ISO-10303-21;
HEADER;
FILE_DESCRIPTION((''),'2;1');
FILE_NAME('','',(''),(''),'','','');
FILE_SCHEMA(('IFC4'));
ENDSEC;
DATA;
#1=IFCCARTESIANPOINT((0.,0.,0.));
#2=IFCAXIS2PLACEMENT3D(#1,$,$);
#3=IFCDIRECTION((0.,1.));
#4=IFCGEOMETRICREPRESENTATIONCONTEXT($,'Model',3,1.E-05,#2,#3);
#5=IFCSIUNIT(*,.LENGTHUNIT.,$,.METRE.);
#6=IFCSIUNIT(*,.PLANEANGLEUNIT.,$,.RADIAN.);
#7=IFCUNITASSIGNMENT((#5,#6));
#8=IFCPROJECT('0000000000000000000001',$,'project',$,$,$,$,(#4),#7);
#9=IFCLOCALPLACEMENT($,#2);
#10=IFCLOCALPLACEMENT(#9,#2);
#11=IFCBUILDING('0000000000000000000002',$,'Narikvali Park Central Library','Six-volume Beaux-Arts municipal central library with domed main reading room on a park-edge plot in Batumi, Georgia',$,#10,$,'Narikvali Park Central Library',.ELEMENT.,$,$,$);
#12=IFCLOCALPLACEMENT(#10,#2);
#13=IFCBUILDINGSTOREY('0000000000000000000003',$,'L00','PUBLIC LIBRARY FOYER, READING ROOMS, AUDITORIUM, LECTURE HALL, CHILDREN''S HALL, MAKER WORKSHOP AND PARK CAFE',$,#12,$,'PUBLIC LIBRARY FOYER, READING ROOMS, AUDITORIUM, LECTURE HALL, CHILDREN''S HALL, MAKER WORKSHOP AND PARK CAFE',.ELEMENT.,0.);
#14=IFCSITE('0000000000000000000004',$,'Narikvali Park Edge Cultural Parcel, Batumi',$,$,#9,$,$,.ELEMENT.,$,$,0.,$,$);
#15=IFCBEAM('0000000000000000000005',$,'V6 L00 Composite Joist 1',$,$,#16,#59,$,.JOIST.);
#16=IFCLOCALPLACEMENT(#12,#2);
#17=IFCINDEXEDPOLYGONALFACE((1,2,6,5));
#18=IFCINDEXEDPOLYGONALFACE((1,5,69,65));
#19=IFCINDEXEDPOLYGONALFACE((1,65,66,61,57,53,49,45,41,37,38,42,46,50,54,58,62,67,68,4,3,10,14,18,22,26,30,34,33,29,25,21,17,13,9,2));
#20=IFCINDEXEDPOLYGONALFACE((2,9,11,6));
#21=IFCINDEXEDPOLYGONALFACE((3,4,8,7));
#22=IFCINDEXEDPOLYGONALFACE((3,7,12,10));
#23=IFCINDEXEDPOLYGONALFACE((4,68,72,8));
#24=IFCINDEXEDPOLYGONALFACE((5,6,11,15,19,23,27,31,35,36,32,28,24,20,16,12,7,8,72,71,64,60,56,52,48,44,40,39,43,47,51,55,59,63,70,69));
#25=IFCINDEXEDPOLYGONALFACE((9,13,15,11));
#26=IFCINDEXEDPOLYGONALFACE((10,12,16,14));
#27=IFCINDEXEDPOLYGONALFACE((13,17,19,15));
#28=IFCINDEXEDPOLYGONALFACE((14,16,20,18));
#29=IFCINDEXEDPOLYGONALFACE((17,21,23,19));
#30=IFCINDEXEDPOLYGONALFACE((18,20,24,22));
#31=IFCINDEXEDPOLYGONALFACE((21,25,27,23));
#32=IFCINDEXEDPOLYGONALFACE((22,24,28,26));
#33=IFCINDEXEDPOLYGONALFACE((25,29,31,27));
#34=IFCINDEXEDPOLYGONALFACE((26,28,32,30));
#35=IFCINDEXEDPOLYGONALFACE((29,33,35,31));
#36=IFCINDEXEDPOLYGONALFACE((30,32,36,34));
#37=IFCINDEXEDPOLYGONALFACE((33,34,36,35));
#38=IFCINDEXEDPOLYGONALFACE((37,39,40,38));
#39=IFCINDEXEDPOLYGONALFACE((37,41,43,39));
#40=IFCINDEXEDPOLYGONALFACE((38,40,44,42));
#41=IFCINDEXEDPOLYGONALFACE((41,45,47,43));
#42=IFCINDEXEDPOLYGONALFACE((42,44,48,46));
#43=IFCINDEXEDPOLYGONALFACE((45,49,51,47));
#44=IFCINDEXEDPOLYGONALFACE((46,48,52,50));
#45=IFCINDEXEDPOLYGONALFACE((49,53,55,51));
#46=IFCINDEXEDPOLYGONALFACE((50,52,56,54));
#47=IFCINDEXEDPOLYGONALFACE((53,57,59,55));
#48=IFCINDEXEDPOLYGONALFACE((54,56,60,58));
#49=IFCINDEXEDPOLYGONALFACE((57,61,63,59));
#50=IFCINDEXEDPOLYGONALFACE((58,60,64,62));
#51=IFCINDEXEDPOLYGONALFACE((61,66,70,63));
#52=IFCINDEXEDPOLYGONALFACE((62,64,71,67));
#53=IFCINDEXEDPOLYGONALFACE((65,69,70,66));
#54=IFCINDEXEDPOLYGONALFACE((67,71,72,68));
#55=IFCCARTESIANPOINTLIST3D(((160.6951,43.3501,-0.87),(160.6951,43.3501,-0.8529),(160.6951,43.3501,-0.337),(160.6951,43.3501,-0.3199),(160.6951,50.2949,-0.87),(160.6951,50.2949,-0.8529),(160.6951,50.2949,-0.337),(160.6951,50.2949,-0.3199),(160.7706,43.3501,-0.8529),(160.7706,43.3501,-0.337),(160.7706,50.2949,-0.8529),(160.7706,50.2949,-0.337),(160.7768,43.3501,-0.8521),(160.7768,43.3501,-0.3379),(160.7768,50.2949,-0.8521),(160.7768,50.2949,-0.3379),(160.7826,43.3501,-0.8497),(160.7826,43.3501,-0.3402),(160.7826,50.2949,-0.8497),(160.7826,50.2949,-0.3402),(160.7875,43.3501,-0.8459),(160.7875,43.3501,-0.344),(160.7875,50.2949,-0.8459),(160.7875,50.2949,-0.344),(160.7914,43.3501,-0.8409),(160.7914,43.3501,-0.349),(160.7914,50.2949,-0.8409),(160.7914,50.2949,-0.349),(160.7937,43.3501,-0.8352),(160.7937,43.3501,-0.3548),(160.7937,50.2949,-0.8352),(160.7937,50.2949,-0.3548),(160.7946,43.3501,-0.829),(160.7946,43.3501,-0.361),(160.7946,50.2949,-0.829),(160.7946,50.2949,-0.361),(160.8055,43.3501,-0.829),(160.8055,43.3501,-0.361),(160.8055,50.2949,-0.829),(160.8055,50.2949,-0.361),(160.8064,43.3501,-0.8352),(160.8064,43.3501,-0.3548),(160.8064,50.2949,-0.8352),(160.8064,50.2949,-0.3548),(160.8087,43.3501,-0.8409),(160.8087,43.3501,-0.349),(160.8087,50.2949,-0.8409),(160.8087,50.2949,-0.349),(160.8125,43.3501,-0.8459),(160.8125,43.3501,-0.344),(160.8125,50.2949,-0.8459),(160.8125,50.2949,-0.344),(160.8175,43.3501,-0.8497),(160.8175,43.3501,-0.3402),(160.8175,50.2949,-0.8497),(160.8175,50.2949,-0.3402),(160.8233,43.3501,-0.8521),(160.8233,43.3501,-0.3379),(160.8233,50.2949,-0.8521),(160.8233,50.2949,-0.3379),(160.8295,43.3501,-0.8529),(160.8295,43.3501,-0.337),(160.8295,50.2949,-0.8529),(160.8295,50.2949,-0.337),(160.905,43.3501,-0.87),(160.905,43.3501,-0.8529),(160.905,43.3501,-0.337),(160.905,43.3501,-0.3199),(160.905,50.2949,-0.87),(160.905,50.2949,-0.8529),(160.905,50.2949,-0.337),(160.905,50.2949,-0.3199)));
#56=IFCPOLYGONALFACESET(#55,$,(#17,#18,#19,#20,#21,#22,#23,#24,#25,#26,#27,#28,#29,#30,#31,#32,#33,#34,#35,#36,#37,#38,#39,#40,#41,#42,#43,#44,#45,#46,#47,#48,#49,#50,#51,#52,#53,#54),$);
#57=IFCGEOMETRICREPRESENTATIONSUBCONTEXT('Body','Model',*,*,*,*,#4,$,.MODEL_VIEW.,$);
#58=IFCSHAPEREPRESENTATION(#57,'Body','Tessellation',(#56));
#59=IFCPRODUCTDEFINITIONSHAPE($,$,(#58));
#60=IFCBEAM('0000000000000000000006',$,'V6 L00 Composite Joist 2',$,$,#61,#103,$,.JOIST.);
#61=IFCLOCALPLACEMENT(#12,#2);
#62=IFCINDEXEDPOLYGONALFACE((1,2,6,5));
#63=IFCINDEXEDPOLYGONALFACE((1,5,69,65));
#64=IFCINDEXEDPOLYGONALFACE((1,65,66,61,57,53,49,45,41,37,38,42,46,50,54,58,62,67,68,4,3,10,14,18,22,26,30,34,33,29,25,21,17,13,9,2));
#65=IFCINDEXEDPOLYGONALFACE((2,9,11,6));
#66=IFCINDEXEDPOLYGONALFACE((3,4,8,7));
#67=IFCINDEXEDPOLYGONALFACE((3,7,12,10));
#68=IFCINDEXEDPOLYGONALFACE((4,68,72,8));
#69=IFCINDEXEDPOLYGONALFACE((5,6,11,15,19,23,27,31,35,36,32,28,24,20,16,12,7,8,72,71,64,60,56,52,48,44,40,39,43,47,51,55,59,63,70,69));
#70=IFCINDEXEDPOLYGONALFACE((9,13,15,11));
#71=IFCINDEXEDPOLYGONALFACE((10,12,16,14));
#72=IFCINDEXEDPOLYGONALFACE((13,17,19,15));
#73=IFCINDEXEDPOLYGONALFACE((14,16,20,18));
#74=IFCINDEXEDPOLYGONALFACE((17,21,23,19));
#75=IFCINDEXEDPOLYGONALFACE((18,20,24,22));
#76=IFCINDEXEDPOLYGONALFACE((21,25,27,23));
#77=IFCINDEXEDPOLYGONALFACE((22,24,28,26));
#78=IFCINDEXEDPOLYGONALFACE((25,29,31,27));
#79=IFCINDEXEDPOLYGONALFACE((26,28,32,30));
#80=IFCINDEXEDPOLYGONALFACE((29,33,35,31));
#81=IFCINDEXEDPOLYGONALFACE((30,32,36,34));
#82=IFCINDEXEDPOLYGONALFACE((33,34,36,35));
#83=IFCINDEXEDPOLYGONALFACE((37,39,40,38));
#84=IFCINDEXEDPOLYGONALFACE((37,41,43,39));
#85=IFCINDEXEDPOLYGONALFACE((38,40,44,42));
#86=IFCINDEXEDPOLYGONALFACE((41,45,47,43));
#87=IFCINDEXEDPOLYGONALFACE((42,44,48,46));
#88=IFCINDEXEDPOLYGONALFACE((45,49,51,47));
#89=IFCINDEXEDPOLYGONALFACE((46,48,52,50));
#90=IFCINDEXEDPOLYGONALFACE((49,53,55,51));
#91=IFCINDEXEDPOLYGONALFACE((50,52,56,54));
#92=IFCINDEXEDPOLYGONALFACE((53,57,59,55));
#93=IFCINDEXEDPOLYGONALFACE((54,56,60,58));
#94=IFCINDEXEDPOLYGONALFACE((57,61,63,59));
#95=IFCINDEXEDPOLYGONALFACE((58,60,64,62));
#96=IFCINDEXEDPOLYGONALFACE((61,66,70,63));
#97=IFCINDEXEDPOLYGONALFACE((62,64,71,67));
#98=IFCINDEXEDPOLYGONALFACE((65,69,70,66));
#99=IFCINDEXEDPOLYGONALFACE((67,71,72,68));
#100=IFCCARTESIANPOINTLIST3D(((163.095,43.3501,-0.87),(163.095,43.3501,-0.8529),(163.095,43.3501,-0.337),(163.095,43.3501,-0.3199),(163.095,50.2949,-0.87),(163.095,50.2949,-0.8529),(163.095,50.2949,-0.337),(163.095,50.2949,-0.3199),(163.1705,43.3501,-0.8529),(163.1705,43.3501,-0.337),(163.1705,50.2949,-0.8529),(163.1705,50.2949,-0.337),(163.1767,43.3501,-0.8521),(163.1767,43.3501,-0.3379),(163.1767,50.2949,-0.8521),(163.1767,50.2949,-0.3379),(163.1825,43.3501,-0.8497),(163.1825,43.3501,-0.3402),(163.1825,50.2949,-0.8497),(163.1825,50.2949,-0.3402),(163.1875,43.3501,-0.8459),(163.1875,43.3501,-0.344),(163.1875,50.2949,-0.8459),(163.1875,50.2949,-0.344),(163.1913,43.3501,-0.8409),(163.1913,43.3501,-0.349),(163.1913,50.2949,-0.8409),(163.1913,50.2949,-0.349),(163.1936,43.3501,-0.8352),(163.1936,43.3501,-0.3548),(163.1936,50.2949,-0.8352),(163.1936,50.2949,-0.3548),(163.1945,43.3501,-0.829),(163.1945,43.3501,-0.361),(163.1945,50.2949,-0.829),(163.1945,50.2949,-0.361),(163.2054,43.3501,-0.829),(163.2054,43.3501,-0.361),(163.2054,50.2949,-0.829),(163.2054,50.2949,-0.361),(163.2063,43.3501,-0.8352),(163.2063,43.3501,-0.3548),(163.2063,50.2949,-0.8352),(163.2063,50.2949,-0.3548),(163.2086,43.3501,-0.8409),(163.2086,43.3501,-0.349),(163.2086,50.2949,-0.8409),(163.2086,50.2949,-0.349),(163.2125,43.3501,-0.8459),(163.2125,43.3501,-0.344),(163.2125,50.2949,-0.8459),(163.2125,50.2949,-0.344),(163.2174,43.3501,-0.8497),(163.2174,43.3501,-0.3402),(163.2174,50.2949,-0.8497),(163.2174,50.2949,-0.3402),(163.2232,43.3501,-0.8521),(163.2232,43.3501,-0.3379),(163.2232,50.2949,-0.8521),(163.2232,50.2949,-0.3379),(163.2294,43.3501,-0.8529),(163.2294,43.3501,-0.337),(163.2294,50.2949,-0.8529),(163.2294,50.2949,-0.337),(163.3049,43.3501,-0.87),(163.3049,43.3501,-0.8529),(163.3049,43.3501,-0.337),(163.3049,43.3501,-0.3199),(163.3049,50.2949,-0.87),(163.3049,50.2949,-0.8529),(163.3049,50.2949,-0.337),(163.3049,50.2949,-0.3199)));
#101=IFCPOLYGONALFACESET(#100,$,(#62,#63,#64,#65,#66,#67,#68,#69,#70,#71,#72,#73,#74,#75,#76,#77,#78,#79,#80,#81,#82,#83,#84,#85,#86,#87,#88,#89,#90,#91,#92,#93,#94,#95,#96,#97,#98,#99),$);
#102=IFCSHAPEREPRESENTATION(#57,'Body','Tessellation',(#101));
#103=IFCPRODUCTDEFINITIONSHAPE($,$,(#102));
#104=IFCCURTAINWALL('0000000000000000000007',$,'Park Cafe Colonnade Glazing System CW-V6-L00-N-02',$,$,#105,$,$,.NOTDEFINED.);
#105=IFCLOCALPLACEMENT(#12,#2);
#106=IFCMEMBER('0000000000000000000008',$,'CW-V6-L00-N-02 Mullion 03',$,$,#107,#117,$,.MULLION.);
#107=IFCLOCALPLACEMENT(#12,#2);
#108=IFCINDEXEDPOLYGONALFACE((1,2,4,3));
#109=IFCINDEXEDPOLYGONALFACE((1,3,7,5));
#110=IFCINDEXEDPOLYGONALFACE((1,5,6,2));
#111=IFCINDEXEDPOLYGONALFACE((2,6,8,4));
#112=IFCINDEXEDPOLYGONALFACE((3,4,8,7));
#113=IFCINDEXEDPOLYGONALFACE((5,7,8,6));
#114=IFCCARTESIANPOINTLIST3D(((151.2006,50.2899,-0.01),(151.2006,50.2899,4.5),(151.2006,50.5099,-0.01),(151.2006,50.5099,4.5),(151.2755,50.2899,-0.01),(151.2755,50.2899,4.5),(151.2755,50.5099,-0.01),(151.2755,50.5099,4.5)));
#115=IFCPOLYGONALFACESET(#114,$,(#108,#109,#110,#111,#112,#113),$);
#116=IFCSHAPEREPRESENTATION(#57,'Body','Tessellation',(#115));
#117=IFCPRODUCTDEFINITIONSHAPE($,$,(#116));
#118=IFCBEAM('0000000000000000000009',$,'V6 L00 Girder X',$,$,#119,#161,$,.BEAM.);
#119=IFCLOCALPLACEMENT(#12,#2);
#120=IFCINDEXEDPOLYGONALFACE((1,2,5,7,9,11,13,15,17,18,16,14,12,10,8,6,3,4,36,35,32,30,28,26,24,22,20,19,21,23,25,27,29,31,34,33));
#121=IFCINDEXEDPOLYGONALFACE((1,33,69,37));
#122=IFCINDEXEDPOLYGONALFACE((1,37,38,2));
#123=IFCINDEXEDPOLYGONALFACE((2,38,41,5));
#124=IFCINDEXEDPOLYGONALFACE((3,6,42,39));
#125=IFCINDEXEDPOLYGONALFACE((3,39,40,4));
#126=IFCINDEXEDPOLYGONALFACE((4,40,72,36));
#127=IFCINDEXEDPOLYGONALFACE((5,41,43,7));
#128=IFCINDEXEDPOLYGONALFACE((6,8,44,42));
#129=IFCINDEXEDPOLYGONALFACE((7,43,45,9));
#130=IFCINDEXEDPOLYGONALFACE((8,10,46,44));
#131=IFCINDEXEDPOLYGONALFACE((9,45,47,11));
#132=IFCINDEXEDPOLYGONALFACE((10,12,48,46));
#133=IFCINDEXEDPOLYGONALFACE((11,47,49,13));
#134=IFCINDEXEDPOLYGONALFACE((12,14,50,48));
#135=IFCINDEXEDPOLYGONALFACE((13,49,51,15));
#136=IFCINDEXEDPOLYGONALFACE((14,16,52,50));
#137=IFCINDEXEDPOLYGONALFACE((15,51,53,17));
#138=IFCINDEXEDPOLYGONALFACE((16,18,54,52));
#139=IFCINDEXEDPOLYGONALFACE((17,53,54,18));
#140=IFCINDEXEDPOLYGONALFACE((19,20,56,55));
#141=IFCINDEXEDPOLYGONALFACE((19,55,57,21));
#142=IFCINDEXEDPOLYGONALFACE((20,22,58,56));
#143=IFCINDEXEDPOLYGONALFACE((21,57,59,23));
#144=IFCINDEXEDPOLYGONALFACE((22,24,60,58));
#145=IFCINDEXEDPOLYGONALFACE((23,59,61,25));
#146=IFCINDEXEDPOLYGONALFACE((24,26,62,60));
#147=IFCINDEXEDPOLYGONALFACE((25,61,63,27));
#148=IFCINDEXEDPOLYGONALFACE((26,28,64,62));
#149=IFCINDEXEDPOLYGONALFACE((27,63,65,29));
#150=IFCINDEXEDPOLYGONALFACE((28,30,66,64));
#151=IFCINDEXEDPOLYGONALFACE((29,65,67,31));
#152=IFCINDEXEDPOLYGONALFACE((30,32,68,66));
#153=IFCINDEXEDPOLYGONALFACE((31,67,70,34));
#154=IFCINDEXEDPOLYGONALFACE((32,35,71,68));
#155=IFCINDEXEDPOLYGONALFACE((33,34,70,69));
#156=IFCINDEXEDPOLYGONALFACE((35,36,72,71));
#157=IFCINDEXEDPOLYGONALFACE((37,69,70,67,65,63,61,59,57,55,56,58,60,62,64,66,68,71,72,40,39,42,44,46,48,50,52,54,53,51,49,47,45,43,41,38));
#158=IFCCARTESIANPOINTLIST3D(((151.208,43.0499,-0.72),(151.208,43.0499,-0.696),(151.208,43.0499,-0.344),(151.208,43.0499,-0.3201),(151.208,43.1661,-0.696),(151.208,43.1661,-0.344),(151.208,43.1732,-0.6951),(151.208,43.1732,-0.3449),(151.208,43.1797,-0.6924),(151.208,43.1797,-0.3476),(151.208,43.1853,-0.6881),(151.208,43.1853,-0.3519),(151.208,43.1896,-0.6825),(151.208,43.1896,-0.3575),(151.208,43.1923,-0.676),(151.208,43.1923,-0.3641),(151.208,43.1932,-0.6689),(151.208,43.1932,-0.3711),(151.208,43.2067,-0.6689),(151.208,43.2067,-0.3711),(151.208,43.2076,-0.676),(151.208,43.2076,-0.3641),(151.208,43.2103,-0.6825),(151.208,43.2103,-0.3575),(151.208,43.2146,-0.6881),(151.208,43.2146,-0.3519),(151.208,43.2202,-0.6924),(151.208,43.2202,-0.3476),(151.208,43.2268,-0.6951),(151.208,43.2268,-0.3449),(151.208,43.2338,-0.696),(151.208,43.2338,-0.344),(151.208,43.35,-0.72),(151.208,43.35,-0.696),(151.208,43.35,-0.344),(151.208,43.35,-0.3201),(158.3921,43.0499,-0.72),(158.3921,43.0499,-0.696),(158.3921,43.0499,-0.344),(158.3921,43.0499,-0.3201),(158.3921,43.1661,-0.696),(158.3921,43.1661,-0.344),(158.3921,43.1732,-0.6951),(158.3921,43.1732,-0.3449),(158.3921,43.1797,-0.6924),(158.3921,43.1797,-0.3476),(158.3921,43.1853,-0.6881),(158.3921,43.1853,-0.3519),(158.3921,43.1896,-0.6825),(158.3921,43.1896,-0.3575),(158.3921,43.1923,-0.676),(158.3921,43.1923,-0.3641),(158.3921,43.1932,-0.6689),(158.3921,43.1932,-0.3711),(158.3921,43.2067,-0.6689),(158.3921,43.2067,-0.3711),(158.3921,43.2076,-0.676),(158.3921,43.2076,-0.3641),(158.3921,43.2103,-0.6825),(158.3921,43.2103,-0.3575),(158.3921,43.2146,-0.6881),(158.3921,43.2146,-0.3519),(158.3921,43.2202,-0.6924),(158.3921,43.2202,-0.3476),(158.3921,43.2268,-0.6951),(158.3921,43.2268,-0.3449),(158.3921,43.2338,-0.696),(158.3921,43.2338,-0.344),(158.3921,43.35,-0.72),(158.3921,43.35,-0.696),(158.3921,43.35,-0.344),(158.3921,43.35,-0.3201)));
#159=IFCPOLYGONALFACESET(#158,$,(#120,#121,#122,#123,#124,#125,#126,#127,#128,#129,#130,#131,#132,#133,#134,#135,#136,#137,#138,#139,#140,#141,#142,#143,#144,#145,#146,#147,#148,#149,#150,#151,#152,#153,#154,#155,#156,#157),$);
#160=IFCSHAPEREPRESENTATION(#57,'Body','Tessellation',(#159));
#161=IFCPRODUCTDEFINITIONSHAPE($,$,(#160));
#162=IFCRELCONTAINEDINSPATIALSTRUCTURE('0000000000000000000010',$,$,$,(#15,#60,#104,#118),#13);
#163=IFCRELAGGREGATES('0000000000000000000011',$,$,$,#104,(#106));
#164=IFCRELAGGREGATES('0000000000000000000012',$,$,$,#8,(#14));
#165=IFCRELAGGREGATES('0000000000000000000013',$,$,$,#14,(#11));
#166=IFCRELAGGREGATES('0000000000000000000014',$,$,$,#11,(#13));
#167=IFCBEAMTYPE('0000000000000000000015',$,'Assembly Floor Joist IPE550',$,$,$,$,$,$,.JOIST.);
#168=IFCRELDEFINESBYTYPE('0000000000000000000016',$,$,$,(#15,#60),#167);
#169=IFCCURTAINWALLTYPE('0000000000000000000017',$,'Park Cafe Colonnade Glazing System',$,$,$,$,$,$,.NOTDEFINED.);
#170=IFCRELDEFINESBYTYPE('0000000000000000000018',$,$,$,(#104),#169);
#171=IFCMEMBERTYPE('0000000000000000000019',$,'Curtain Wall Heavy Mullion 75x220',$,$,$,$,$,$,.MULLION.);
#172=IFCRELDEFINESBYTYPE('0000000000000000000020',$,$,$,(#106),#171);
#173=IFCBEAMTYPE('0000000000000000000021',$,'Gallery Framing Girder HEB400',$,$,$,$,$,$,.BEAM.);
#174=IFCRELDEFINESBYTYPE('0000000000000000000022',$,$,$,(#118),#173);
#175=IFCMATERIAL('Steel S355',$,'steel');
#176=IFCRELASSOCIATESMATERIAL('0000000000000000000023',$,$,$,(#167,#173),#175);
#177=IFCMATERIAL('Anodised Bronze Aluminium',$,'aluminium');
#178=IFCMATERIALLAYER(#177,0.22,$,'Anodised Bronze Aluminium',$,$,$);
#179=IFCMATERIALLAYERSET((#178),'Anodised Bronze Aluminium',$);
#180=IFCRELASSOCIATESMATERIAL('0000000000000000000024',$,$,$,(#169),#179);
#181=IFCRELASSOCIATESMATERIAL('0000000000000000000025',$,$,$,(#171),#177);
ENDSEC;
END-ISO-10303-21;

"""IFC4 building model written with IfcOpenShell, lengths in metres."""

from ifc_helpers import new_model, si_unit, direction, frame, origin, origin_2d, place, context, subcontext, project, spatial, rectangle, i_section, extrude, material, layer, layer_set, material_profile, profile_set, type_object, element, aggregate, save


model = new_model("IFC4")

# Units and contexts
model_context = context("Model", 3, precision=1e-05, world=origin(), true_north=direction((0.0, 1.0)))
body_context = subcontext(model_context, "Body", "Model", "MODEL_VIEW")
ifc_project = project(units=[si_unit("LENGTHUNIT", "METRE"), si_unit("PLANEANGLEUNIT", "RADIAN")], contexts=[model_context])

# Site, building, storey
site_placement = place(None, origin())
site = spatial("IfcSite", under=ifc_project, at=site_placement, Name="Narikvali Park Edge Cultural Parcel, Batumi", CompositionType="ELEMENT", RefElevation=0.0)
building_placement = place(site_placement, origin())
building = spatial("IfcBuilding", under=site, at=building_placement, Name="Narikvali Park Central Library", Description="Six-volume Beaux-Arts municipal central library with domed main reading room on a park-edge plot in Batumi, Georgia", LongName="Narikvali Park Central Library", CompositionType="ELEMENT")
storey_placement = place(building_placement, origin())
storey = spatial("IfcBuildingStorey", under=building, at=storey_placement, Name="L00", Description="PUBLIC LIBRARY FOYER, READING ROOMS, AUDITORIUM, LECTURE HALL, CHILDREN'S HALL, MAKER WORKSHOP AND PARK CAFE", LongName="PUBLIC LIBRARY FOYER, READING ROOMS, AUDITORIUM, LECTURE HALL, CHILDREN'S HALL, MAKER WORKSHOP AND PARK CAFE", CompositionType="ELEMENT", Elevation=0.0)

# Shared definitions
ifc_material_1 = material(Name="Steel S355", Category="steel")

# Beams
ifc_material_profile_1 = material_profile(ifc_material_1, i_section(OverallWidth=0.21, OverallDepth=0.55, WebThickness=0.011, FlangeThickness=0.0171, FilletRadius=0.0239, at=origin_2d()), Name="IPE 550")
ifc_profile_set_1 = profile_set([ifc_material_profile_1], Name="Steel S355")
beam_type_1 = type_object("IfcBeamType", Name="Assembly Floor Joist IPE550", PredefinedType="JOIST", material=ifc_profile_set_1)
for number, where, z_axis, x_axis, name in (
    (1, (160.8, 43.3501, -0.595), (0.0, 1.0, 0.0), (-1.0, 0.0, 0.0), "V6 L00 Composite Joist 1"),
    (2, (163.2, 43.3501, -0.595), (0.0, 1.0, 0.0), (-1.0, 0.0, 0.0), "V6 L00 Composite Joist 2"),
):
    element("IfcBeam", number, at=place(storey_placement, frame(where, z_axis=z_axis, x_axis=x_axis)), inside=storey, type_object=beam_type_1, Name=name, PredefinedType="JOIST", context=body_context, shape_type="SweptSolid", body=[
        extrude(i_section(OverallWidth=0.21, OverallDepth=0.55, WebThickness=0.011, FlangeThickness=0.0171, FilletRadius=0.0239, at=origin_2d()), origin(), (0.0, 0.0, 1.0), 6.9448),
    ])

# Curtain wall, member
ifc_material_2 = material(Name="Anodised Bronze Aluminium", Category="aluminium")
ifc_layer_1 = layer(ifc_material_2, 0.22, Name="Anodised Bronze Aluminium")
ifc_layer_set_1 = layer_set([ifc_layer_1], Name="Anodised Bronze Aluminium")
curtain_wall_type = type_object("IfcCurtainWallType", Name="Park Cafe Colonnade Glazing System", PredefinedType="NOTDEFINED", material=ifc_layer_set_1)
curtain_wall_placement = place(storey_placement, origin())
curtain_wall = element("IfcCurtainWall", 3, at=curtain_wall_placement, inside=storey, type_object=curtain_wall_type, Name="Park Cafe Colonnade Glazing System CW-V6-L00-N-02", PredefinedType="NOTDEFINED")
ifc_material_profile_2 = material_profile(ifc_material_2, rectangle(XDim=0.075, YDim=0.22, at=origin_2d()), Name="CW MULLION 75x220")
ifc_profile_set_2 = profile_set([ifc_material_profile_2], Name="Anodised Bronze Aluminium")
member_type = type_object("IfcMemberType", Name="Curtain Wall Heavy Mullion 75x220", PredefinedType="MULLION", material=ifc_profile_set_2)
member_placement = place(storey_placement, frame((151.238, 50.3999, -0.01), z_axis=(0.0, 0.0, 1.0), x_axis=(1.0, 0.0, 0.0)))
member = element("IfcMember", 4, at=member_placement, type_object=member_type, Name="CW-V6-L00-N-02 Mullion 03", PredefinedType="MULLION", context=body_context, shape_type="SweptSolid", body=[
    extrude(rectangle(XDim=0.075, YDim=0.22, at=origin_2d()), origin(), (0.0, 0.0, 1.0), 4.51),
])

# Beam
ifc_material_profile_3 = material_profile(ifc_material_1, i_section(OverallWidth=0.3, OverallDepth=0.3999, WebThickness=0.0134, FlangeThickness=0.0239, FilletRadius=0.0271, at=origin_2d()), Name="HEB 400")
ifc_profile_set_3 = profile_set([ifc_material_profile_3], Name="Steel S355")
beam_type_2 = type_object("IfcBeamType", Name="Gallery Framing Girder HEB400", PredefinedType="BEAM", material=ifc_profile_set_3)
for number, where, z_axis, x_axis, name in (
    (5, (151.208, 43.2, -0.52), (1.0, 0.0, 0.0), (0.0, 1.0, 0.0), "V6 L00 Girder X"),
):
    element("IfcBeam", number, at=place(storey_placement, frame(where, z_axis=z_axis, x_axis=x_axis)), inside=storey, type_object=beam_type_2, Name=name, PredefinedType="BEAM", context=body_context, shape_type="SweptSolid", body=[
        extrude(i_section(OverallWidth=0.3, OverallDepth=0.3999, WebThickness=0.0134, FlangeThickness=0.0239, FilletRadius=0.0271, at=origin_2d()), origin(), (0.0, 0.0, 1.0), 7.1841),
    ])

aggregate(curtain_wall, [member])

save(model, "model.ifc")
